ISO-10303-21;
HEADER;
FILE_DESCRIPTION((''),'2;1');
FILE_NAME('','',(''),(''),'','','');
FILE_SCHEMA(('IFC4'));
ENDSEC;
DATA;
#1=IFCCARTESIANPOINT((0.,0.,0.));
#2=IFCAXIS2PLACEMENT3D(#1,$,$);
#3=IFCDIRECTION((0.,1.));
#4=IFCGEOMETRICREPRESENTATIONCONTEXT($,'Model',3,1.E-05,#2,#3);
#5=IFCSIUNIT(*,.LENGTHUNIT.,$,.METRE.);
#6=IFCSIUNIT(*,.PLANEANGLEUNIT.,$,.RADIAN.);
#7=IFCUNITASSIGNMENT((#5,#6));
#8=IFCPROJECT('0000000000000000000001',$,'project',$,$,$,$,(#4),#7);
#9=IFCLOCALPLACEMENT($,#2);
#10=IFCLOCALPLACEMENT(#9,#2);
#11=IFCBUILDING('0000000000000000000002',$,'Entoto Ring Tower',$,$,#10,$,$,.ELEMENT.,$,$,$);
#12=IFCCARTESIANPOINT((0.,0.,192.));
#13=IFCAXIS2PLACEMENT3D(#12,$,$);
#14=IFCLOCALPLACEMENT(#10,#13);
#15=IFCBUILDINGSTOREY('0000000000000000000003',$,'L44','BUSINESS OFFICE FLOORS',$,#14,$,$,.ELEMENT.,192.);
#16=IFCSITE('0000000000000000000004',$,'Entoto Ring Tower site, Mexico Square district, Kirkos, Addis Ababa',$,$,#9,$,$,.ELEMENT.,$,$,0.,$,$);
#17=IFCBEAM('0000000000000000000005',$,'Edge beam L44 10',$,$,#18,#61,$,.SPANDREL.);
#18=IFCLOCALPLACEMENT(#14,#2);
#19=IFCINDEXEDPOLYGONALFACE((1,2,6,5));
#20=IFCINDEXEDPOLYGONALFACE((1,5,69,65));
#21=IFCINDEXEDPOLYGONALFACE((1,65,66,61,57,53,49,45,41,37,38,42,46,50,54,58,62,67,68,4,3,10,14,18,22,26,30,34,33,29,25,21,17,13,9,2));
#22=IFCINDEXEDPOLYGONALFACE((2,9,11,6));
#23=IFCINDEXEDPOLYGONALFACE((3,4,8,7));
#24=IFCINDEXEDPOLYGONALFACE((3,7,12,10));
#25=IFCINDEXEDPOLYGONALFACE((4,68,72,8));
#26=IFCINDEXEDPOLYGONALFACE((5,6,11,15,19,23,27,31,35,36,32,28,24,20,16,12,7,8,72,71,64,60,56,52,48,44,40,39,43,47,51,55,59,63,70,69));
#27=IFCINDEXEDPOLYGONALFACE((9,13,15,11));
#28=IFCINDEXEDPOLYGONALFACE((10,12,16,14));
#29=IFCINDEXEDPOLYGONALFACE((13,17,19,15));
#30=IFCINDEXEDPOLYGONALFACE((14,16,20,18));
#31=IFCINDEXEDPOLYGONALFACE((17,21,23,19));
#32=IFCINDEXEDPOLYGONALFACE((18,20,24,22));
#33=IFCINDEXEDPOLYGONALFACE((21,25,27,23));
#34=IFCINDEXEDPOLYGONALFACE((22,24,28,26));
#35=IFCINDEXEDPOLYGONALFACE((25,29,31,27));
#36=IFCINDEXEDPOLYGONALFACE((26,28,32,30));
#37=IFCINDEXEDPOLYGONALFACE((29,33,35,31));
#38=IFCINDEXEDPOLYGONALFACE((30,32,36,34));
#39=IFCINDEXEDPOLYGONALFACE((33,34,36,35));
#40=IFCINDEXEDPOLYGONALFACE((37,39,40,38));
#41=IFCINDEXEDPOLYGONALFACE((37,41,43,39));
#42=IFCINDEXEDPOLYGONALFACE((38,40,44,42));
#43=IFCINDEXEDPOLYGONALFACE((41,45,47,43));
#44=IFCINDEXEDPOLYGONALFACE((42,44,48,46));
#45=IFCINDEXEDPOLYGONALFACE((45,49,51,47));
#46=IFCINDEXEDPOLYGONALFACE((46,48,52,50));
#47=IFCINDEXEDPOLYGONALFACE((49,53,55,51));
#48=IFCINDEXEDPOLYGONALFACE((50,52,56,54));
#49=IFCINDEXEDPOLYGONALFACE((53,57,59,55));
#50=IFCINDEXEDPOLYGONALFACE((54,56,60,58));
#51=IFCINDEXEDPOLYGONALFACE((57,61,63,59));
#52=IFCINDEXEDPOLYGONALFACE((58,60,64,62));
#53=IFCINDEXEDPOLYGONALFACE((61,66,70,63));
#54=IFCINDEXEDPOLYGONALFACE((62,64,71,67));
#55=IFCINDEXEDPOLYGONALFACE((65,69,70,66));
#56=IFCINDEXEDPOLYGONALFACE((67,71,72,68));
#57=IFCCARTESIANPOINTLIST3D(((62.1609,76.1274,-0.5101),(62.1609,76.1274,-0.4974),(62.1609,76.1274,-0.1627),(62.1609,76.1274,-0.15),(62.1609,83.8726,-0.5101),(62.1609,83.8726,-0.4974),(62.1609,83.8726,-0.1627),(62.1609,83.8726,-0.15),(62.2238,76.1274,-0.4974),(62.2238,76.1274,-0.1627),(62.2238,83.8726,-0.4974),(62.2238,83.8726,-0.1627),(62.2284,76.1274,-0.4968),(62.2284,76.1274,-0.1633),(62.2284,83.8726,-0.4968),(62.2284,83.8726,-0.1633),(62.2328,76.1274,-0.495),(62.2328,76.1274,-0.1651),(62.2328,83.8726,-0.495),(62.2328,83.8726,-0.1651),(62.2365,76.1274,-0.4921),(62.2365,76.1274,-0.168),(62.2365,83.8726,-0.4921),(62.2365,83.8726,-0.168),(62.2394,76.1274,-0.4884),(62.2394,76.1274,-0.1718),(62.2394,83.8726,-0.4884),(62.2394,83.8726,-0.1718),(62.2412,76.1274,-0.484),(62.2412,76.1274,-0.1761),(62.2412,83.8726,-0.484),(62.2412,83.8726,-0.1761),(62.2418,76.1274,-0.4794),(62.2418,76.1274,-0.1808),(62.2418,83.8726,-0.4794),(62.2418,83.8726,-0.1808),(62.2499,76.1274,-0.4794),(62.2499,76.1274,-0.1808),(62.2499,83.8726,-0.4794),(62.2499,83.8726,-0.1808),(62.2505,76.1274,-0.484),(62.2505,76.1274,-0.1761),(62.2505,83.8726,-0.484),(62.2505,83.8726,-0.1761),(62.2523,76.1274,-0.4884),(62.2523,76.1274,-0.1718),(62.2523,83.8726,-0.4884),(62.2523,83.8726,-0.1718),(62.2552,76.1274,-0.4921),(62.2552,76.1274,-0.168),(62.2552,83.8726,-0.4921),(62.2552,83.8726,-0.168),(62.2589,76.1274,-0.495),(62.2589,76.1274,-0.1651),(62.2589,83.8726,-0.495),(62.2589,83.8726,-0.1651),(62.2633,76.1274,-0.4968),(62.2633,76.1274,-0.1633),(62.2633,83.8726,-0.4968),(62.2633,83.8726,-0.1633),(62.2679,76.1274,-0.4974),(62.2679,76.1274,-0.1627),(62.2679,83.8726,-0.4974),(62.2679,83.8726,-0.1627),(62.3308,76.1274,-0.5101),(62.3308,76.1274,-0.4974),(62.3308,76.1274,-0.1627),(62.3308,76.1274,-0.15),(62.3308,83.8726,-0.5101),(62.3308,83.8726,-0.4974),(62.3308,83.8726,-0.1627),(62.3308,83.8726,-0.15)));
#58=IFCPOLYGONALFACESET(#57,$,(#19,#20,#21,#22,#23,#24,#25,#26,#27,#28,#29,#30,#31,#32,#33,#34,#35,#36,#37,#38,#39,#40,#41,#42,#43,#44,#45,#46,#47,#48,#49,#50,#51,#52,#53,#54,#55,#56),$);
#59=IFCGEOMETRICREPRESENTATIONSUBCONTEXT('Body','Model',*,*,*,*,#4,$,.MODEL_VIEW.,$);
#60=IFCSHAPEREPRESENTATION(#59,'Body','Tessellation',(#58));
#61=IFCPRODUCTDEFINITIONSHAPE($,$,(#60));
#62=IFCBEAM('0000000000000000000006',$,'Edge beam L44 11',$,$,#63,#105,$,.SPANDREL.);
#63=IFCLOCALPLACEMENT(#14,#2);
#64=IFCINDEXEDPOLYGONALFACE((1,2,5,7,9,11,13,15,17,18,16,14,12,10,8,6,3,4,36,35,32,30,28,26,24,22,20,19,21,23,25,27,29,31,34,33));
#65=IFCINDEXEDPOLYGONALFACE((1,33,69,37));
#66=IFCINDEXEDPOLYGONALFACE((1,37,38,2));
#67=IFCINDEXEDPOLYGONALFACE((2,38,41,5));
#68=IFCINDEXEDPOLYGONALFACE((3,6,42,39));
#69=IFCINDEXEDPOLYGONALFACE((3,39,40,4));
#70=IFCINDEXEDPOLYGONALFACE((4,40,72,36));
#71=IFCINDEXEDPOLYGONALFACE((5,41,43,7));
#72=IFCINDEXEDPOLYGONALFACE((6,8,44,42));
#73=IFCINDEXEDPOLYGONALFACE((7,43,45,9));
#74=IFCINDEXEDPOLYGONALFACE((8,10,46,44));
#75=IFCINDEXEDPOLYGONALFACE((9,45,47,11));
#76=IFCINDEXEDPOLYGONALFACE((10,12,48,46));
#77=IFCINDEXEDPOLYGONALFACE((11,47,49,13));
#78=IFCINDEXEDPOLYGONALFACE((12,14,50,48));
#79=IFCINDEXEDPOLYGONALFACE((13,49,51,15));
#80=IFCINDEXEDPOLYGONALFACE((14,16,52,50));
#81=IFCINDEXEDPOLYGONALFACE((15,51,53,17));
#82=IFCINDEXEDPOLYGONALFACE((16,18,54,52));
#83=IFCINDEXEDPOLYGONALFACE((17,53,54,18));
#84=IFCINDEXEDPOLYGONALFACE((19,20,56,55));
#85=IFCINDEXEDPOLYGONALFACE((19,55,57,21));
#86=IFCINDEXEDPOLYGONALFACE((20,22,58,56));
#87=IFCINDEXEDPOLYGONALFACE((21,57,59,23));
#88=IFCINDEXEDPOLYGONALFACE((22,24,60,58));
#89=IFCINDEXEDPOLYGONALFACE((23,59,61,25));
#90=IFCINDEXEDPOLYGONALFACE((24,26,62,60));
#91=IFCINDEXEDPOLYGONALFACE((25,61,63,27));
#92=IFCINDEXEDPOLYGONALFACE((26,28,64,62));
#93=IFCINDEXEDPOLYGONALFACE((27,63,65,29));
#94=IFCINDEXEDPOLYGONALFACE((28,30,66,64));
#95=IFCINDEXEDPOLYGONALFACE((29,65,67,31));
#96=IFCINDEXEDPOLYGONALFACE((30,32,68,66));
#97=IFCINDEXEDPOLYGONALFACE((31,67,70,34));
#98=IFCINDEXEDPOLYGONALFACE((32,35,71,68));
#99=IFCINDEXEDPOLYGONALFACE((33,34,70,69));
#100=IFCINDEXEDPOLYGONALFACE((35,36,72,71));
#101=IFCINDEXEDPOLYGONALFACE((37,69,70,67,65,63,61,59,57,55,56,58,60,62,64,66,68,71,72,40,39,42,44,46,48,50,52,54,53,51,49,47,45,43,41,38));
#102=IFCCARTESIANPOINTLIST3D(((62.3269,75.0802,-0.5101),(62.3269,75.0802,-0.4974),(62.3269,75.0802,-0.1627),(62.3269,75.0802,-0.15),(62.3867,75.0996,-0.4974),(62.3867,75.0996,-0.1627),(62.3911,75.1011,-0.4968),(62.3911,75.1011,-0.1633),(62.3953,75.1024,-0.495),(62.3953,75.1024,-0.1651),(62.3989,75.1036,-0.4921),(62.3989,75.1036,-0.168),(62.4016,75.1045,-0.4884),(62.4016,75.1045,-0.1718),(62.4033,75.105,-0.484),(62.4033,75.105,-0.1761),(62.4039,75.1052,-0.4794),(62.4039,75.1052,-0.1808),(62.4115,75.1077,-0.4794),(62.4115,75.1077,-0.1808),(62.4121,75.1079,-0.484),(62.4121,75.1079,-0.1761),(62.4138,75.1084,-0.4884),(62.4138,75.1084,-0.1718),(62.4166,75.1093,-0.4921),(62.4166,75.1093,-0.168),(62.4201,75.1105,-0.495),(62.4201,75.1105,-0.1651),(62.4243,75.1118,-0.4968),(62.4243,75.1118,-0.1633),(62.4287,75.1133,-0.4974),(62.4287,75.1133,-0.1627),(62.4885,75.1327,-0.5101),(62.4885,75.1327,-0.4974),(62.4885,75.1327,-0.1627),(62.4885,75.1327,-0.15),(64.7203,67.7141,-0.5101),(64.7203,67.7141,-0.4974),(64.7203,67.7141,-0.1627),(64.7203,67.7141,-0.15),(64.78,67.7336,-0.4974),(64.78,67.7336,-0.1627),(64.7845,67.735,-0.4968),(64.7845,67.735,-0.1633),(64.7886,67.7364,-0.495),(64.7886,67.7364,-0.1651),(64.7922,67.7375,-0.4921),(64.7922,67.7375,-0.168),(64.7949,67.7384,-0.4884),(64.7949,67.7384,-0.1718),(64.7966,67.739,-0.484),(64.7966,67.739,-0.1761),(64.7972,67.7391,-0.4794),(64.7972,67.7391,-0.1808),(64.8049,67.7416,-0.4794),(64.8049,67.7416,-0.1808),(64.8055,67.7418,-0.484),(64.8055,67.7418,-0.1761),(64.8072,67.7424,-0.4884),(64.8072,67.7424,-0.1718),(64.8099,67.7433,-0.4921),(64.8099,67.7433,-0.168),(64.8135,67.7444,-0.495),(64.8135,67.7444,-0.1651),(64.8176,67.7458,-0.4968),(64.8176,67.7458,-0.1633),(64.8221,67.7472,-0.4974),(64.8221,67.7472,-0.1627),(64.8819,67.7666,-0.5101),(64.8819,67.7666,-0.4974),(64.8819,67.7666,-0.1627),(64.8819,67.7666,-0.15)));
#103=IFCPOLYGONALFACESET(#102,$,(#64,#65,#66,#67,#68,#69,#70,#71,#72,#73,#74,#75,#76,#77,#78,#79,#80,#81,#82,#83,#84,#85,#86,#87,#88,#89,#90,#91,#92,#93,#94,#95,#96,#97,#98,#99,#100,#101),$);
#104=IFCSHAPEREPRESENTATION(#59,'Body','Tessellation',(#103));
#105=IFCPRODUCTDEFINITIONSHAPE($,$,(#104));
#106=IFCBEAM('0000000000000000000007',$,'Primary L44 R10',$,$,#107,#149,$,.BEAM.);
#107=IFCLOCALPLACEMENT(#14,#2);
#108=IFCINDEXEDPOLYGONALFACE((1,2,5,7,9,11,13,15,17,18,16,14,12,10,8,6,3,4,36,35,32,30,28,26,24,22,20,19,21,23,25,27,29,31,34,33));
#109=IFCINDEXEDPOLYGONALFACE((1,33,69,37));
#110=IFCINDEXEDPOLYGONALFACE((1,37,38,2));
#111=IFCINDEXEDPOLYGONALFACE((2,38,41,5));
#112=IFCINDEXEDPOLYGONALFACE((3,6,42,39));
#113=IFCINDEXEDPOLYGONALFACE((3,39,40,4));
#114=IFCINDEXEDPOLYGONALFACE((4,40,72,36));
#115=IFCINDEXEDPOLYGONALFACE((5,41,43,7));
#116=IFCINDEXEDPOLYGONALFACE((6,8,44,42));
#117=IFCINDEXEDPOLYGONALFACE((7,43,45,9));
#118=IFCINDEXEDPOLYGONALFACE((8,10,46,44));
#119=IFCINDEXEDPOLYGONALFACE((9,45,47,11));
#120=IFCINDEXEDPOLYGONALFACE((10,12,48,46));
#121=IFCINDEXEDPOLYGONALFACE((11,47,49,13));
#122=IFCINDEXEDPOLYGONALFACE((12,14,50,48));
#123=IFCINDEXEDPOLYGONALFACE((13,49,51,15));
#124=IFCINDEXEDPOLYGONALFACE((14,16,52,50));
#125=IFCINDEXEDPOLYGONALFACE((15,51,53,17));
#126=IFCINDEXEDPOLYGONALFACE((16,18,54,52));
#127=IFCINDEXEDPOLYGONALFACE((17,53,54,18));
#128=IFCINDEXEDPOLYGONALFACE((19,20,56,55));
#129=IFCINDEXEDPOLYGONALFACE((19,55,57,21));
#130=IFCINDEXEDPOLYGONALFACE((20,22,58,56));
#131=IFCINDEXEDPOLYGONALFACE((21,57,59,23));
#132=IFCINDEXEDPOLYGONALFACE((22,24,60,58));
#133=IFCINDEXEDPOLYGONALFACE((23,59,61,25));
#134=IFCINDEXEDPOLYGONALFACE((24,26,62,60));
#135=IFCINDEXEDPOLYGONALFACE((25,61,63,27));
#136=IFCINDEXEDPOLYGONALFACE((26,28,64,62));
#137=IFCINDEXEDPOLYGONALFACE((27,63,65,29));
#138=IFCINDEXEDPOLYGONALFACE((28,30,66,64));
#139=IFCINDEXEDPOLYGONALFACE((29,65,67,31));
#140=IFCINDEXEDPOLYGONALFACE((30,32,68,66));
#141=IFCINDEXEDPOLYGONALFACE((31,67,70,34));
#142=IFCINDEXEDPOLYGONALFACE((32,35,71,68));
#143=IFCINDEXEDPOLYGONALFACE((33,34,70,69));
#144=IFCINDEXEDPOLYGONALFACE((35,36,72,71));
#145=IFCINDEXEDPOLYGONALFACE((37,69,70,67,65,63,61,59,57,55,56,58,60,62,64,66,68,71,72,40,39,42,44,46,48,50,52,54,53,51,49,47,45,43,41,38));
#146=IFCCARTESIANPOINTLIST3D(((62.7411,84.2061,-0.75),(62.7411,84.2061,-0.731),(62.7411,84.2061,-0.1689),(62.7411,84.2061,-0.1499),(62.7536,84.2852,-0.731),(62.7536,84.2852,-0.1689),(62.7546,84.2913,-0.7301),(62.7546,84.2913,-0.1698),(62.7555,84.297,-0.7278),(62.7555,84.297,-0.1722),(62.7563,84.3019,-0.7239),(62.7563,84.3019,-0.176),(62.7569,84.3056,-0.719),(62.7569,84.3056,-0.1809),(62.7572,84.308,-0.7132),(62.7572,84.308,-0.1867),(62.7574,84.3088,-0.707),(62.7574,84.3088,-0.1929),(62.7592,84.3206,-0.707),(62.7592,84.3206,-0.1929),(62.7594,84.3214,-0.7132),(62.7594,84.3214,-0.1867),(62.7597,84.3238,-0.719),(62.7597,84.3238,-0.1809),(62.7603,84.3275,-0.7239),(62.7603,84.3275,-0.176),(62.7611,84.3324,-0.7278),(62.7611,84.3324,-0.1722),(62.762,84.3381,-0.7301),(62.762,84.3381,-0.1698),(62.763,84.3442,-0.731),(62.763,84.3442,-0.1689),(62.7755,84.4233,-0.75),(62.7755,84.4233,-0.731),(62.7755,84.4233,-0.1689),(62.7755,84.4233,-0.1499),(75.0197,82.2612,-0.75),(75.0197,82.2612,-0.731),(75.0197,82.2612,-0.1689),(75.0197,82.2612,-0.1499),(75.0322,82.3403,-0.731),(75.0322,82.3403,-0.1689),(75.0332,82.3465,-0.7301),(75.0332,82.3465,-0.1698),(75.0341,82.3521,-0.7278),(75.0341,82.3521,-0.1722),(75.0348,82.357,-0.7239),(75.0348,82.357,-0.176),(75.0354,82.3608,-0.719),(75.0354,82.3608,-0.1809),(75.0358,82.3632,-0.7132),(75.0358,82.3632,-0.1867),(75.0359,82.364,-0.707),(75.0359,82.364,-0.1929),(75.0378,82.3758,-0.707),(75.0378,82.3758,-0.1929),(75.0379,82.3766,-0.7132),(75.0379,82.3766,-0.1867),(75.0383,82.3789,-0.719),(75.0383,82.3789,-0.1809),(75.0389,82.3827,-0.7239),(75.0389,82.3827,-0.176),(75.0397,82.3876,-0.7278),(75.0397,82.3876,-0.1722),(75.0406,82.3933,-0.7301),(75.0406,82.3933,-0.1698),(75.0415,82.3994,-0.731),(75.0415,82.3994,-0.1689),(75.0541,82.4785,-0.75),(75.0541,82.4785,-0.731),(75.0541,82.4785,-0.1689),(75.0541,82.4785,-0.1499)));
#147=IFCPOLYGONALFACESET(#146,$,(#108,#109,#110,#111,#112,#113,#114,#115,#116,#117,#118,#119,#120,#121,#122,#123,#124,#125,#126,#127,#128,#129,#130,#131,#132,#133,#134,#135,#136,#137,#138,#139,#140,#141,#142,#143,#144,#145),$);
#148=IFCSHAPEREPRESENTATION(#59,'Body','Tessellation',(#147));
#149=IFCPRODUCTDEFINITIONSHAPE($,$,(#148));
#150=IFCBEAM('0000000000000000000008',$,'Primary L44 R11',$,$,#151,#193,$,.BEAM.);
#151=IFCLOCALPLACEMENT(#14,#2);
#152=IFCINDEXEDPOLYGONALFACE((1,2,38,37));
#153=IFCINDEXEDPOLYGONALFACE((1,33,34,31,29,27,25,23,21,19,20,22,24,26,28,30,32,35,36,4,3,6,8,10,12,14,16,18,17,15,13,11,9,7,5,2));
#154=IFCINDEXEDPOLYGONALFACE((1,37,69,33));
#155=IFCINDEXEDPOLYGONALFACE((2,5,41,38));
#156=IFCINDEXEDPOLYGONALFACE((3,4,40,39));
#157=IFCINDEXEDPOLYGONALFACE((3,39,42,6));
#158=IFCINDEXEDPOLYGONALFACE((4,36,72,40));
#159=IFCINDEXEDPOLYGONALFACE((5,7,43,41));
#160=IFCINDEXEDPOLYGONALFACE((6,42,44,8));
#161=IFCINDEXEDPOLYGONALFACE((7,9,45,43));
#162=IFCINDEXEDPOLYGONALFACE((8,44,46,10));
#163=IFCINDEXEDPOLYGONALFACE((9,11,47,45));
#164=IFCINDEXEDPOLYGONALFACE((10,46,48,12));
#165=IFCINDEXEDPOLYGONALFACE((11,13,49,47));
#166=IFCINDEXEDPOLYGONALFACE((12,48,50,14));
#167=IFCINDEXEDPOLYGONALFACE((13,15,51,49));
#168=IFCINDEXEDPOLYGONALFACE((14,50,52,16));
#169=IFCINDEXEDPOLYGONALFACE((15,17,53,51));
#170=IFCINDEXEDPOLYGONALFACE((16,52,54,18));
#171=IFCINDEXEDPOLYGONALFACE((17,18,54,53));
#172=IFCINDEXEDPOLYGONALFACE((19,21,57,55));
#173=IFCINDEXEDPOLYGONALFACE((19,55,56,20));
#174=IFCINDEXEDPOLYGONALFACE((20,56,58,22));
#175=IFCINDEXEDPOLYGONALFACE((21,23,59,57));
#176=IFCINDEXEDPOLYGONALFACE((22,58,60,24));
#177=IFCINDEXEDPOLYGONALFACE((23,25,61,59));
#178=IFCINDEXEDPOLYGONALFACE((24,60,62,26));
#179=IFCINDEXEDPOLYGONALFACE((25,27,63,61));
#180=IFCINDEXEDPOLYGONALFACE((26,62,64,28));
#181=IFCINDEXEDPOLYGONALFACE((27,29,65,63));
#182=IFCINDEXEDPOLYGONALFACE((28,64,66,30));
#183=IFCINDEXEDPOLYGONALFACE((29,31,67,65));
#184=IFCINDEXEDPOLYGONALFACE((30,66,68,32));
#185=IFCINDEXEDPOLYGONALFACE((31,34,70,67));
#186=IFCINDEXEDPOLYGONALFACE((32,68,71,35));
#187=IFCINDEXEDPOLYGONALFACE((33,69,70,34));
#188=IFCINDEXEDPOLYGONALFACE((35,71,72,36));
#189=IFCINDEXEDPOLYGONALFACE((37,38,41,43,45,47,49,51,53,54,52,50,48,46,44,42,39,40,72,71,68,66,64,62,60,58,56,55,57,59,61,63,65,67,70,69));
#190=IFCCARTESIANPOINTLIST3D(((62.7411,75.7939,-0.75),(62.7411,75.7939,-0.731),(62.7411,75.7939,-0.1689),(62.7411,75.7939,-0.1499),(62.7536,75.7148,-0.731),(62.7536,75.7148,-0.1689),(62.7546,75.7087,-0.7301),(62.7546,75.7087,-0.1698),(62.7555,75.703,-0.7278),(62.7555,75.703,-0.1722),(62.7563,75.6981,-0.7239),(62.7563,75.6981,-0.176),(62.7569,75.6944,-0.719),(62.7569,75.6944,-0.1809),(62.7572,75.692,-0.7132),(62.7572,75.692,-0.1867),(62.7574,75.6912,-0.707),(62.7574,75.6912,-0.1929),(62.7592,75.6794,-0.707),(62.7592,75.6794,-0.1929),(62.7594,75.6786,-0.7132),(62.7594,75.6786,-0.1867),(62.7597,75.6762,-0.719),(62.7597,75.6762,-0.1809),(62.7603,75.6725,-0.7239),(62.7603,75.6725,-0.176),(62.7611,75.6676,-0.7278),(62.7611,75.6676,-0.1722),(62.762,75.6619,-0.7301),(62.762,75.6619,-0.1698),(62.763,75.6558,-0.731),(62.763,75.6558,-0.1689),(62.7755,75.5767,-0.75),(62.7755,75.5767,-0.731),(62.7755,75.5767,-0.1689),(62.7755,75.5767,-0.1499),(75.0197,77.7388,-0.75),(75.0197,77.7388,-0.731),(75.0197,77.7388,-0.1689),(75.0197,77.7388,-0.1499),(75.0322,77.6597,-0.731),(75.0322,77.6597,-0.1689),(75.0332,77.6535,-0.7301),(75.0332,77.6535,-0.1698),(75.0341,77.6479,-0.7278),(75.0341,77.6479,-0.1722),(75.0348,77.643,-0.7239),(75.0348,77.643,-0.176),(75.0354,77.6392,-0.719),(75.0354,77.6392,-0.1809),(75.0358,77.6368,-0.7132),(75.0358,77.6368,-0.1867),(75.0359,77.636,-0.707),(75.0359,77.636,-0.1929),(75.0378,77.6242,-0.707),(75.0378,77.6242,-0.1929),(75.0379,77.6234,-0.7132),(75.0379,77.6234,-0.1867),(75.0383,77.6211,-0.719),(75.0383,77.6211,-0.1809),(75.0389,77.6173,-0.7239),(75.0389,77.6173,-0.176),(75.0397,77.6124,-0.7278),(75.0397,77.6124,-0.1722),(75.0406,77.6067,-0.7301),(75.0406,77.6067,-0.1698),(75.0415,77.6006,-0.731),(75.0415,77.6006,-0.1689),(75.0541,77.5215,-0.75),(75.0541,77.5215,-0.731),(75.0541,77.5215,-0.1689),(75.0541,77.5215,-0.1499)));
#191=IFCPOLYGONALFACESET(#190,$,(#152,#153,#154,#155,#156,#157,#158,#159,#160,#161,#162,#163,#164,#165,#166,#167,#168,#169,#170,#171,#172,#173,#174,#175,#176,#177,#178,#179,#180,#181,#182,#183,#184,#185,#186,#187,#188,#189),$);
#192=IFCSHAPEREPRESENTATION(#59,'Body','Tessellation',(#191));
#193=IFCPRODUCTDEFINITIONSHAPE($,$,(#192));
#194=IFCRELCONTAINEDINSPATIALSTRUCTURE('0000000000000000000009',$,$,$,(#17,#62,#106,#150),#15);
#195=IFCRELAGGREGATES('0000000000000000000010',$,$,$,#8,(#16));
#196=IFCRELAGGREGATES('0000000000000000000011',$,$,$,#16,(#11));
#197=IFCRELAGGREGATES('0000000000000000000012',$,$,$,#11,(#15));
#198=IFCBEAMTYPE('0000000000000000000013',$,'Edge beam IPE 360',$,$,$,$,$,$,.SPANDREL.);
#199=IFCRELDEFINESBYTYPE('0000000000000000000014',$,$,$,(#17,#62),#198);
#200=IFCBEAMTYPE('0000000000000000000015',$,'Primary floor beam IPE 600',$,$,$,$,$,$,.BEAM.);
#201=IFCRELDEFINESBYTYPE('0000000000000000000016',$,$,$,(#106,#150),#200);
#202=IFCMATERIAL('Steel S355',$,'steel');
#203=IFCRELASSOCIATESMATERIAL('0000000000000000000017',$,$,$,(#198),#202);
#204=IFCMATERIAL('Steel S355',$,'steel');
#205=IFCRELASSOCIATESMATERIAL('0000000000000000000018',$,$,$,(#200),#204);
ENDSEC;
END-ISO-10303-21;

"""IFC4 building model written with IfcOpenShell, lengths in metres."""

from ifc_helpers import new_model, si_unit, direction, frame, origin, origin_2d, place, context, subcontext, project, spatial, i_section, extrude, material, material_profile, profile_set, type_object, element, save


model = new_model("IFC4")

# Units and contexts
model_context = context("Model", 3, precision=1e-05, world=origin(), true_north=direction((0.0, 1.0)))
body_context = subcontext(model_context, "Body", "Model", "MODEL_VIEW")
ifc_project = project(units=[si_unit("LENGTHUNIT", "METRE"), si_unit("PLANEANGLEUNIT", "RADIAN")], contexts=[model_context])

# Site, building, storey
site_placement = place(None, origin())
site = spatial("IfcSite", under=ifc_project, at=site_placement, Name="Entoto Ring Tower site, Mexico Square district, Kirkos, Addis Ababa", CompositionType="ELEMENT", RefElevation=0.0)
building_placement = place(site_placement, origin())
building = spatial("IfcBuilding", under=site, at=building_placement, Name="Entoto Ring Tower", CompositionType="ELEMENT")
storey_placement = place(building_placement, frame((0.0, 0.0, 192.0)))
storey = spatial("IfcBuildingStorey", under=building, at=storey_placement, Name="L44", Description="BUSINESS OFFICE FLOORS", CompositionType="ELEMENT", Elevation=192.0)

# Beams
ifc_material_1 = material(Name="Steel S355", Category="steel")
ifc_material_profile_1 = material_profile(ifc_material_1, i_section(OverallWidth=0.1699, OverallDepth=0.3601, WebThickness=0.0081, FlangeThickness=0.0127, FilletRadius=0.0181, at=origin_2d()), Name="IPE 360")
ifc_profile_set_1 = profile_set([ifc_material_profile_1], Name="Steel S355")
beam_type_1 = type_object("IfcBeamType", Name="Edge beam IPE 360", PredefinedType="SPANDREL", material=ifc_profile_set_1)
for number, where, z_axis, x_axis, name in (
    (1, (62.2458, 83.8726, -0.3301), (0.0, -1.0, 0.0), (1.0, 0.0, 0.0), "Edge beam L44 10"),
    (2, (62.4077, 75.1064, -0.3301), (0.309013, -0.951058, 0.0), (0.951058, 0.309013, 0.0), "Edge beam L44 11"),
):
    element("IfcBeam", number, at=place(storey_placement, frame(where, z_axis=z_axis, x_axis=x_axis)), inside=storey, type_object=beam_type_1, Name=name, PredefinedType="SPANDREL", context=body_context, shape_type="SweptSolid", body=[
        extrude(i_section(OverallWidth=0.1699, OverallDepth=0.3601, WebThickness=0.0081, FlangeThickness=0.0127, FilletRadius=0.0181, at=origin_2d()), origin(), (0.0, 0.0, 1.0), 7.7451),
    ])
ifc_material_2 = material(Name="Steel S355", Category="steel")
ifc_material_profile_2 = material_profile(ifc_material_2, i_section(OverallWidth=0.22, OverallDepth=0.6001, WebThickness=0.012, FlangeThickness=0.019, FilletRadius=0.0239, at=origin_2d()), Name="IPE 600")
ifc_profile_set_2 = profile_set([ifc_material_profile_2], Name="Steel S355")
beam_type_2 = type_object("IfcBeamType", Name="Primary floor beam IPE 600", PredefinedType="BEAM", material=ifc_profile_set_2)
for number, where, z_axis, x_axis, name in (
    (3, (75.0369, 82.3699, -0.45), (-0.987687, 0.156442, 0.0), (-0.156442, -0.987687, 0.0), "Primary L44 R10"),
    (4, (75.0369, 77.6301, -0.45), (-0.987687, -0.156442, 0.0), (0.156442, -0.987687, 0.0), "Primary L44 R11"),
):
    element("IfcBeam", number, at=place(storey_placement, frame(where, z_axis=z_axis, x_axis=x_axis)), inside=storey, type_object=beam_type_2, Name=name, PredefinedType="BEAM", context=body_context, shape_type="SweptSolid", body=[
        extrude(i_section(OverallWidth=0.22, OverallDepth=0.6001, WebThickness=0.012, FlangeThickness=0.019, FilletRadius=0.0239, at=origin_2d()), origin(), (0.0, 0.0, 1.0), 12.4316),
    ])

save(model, "model.ifc")
